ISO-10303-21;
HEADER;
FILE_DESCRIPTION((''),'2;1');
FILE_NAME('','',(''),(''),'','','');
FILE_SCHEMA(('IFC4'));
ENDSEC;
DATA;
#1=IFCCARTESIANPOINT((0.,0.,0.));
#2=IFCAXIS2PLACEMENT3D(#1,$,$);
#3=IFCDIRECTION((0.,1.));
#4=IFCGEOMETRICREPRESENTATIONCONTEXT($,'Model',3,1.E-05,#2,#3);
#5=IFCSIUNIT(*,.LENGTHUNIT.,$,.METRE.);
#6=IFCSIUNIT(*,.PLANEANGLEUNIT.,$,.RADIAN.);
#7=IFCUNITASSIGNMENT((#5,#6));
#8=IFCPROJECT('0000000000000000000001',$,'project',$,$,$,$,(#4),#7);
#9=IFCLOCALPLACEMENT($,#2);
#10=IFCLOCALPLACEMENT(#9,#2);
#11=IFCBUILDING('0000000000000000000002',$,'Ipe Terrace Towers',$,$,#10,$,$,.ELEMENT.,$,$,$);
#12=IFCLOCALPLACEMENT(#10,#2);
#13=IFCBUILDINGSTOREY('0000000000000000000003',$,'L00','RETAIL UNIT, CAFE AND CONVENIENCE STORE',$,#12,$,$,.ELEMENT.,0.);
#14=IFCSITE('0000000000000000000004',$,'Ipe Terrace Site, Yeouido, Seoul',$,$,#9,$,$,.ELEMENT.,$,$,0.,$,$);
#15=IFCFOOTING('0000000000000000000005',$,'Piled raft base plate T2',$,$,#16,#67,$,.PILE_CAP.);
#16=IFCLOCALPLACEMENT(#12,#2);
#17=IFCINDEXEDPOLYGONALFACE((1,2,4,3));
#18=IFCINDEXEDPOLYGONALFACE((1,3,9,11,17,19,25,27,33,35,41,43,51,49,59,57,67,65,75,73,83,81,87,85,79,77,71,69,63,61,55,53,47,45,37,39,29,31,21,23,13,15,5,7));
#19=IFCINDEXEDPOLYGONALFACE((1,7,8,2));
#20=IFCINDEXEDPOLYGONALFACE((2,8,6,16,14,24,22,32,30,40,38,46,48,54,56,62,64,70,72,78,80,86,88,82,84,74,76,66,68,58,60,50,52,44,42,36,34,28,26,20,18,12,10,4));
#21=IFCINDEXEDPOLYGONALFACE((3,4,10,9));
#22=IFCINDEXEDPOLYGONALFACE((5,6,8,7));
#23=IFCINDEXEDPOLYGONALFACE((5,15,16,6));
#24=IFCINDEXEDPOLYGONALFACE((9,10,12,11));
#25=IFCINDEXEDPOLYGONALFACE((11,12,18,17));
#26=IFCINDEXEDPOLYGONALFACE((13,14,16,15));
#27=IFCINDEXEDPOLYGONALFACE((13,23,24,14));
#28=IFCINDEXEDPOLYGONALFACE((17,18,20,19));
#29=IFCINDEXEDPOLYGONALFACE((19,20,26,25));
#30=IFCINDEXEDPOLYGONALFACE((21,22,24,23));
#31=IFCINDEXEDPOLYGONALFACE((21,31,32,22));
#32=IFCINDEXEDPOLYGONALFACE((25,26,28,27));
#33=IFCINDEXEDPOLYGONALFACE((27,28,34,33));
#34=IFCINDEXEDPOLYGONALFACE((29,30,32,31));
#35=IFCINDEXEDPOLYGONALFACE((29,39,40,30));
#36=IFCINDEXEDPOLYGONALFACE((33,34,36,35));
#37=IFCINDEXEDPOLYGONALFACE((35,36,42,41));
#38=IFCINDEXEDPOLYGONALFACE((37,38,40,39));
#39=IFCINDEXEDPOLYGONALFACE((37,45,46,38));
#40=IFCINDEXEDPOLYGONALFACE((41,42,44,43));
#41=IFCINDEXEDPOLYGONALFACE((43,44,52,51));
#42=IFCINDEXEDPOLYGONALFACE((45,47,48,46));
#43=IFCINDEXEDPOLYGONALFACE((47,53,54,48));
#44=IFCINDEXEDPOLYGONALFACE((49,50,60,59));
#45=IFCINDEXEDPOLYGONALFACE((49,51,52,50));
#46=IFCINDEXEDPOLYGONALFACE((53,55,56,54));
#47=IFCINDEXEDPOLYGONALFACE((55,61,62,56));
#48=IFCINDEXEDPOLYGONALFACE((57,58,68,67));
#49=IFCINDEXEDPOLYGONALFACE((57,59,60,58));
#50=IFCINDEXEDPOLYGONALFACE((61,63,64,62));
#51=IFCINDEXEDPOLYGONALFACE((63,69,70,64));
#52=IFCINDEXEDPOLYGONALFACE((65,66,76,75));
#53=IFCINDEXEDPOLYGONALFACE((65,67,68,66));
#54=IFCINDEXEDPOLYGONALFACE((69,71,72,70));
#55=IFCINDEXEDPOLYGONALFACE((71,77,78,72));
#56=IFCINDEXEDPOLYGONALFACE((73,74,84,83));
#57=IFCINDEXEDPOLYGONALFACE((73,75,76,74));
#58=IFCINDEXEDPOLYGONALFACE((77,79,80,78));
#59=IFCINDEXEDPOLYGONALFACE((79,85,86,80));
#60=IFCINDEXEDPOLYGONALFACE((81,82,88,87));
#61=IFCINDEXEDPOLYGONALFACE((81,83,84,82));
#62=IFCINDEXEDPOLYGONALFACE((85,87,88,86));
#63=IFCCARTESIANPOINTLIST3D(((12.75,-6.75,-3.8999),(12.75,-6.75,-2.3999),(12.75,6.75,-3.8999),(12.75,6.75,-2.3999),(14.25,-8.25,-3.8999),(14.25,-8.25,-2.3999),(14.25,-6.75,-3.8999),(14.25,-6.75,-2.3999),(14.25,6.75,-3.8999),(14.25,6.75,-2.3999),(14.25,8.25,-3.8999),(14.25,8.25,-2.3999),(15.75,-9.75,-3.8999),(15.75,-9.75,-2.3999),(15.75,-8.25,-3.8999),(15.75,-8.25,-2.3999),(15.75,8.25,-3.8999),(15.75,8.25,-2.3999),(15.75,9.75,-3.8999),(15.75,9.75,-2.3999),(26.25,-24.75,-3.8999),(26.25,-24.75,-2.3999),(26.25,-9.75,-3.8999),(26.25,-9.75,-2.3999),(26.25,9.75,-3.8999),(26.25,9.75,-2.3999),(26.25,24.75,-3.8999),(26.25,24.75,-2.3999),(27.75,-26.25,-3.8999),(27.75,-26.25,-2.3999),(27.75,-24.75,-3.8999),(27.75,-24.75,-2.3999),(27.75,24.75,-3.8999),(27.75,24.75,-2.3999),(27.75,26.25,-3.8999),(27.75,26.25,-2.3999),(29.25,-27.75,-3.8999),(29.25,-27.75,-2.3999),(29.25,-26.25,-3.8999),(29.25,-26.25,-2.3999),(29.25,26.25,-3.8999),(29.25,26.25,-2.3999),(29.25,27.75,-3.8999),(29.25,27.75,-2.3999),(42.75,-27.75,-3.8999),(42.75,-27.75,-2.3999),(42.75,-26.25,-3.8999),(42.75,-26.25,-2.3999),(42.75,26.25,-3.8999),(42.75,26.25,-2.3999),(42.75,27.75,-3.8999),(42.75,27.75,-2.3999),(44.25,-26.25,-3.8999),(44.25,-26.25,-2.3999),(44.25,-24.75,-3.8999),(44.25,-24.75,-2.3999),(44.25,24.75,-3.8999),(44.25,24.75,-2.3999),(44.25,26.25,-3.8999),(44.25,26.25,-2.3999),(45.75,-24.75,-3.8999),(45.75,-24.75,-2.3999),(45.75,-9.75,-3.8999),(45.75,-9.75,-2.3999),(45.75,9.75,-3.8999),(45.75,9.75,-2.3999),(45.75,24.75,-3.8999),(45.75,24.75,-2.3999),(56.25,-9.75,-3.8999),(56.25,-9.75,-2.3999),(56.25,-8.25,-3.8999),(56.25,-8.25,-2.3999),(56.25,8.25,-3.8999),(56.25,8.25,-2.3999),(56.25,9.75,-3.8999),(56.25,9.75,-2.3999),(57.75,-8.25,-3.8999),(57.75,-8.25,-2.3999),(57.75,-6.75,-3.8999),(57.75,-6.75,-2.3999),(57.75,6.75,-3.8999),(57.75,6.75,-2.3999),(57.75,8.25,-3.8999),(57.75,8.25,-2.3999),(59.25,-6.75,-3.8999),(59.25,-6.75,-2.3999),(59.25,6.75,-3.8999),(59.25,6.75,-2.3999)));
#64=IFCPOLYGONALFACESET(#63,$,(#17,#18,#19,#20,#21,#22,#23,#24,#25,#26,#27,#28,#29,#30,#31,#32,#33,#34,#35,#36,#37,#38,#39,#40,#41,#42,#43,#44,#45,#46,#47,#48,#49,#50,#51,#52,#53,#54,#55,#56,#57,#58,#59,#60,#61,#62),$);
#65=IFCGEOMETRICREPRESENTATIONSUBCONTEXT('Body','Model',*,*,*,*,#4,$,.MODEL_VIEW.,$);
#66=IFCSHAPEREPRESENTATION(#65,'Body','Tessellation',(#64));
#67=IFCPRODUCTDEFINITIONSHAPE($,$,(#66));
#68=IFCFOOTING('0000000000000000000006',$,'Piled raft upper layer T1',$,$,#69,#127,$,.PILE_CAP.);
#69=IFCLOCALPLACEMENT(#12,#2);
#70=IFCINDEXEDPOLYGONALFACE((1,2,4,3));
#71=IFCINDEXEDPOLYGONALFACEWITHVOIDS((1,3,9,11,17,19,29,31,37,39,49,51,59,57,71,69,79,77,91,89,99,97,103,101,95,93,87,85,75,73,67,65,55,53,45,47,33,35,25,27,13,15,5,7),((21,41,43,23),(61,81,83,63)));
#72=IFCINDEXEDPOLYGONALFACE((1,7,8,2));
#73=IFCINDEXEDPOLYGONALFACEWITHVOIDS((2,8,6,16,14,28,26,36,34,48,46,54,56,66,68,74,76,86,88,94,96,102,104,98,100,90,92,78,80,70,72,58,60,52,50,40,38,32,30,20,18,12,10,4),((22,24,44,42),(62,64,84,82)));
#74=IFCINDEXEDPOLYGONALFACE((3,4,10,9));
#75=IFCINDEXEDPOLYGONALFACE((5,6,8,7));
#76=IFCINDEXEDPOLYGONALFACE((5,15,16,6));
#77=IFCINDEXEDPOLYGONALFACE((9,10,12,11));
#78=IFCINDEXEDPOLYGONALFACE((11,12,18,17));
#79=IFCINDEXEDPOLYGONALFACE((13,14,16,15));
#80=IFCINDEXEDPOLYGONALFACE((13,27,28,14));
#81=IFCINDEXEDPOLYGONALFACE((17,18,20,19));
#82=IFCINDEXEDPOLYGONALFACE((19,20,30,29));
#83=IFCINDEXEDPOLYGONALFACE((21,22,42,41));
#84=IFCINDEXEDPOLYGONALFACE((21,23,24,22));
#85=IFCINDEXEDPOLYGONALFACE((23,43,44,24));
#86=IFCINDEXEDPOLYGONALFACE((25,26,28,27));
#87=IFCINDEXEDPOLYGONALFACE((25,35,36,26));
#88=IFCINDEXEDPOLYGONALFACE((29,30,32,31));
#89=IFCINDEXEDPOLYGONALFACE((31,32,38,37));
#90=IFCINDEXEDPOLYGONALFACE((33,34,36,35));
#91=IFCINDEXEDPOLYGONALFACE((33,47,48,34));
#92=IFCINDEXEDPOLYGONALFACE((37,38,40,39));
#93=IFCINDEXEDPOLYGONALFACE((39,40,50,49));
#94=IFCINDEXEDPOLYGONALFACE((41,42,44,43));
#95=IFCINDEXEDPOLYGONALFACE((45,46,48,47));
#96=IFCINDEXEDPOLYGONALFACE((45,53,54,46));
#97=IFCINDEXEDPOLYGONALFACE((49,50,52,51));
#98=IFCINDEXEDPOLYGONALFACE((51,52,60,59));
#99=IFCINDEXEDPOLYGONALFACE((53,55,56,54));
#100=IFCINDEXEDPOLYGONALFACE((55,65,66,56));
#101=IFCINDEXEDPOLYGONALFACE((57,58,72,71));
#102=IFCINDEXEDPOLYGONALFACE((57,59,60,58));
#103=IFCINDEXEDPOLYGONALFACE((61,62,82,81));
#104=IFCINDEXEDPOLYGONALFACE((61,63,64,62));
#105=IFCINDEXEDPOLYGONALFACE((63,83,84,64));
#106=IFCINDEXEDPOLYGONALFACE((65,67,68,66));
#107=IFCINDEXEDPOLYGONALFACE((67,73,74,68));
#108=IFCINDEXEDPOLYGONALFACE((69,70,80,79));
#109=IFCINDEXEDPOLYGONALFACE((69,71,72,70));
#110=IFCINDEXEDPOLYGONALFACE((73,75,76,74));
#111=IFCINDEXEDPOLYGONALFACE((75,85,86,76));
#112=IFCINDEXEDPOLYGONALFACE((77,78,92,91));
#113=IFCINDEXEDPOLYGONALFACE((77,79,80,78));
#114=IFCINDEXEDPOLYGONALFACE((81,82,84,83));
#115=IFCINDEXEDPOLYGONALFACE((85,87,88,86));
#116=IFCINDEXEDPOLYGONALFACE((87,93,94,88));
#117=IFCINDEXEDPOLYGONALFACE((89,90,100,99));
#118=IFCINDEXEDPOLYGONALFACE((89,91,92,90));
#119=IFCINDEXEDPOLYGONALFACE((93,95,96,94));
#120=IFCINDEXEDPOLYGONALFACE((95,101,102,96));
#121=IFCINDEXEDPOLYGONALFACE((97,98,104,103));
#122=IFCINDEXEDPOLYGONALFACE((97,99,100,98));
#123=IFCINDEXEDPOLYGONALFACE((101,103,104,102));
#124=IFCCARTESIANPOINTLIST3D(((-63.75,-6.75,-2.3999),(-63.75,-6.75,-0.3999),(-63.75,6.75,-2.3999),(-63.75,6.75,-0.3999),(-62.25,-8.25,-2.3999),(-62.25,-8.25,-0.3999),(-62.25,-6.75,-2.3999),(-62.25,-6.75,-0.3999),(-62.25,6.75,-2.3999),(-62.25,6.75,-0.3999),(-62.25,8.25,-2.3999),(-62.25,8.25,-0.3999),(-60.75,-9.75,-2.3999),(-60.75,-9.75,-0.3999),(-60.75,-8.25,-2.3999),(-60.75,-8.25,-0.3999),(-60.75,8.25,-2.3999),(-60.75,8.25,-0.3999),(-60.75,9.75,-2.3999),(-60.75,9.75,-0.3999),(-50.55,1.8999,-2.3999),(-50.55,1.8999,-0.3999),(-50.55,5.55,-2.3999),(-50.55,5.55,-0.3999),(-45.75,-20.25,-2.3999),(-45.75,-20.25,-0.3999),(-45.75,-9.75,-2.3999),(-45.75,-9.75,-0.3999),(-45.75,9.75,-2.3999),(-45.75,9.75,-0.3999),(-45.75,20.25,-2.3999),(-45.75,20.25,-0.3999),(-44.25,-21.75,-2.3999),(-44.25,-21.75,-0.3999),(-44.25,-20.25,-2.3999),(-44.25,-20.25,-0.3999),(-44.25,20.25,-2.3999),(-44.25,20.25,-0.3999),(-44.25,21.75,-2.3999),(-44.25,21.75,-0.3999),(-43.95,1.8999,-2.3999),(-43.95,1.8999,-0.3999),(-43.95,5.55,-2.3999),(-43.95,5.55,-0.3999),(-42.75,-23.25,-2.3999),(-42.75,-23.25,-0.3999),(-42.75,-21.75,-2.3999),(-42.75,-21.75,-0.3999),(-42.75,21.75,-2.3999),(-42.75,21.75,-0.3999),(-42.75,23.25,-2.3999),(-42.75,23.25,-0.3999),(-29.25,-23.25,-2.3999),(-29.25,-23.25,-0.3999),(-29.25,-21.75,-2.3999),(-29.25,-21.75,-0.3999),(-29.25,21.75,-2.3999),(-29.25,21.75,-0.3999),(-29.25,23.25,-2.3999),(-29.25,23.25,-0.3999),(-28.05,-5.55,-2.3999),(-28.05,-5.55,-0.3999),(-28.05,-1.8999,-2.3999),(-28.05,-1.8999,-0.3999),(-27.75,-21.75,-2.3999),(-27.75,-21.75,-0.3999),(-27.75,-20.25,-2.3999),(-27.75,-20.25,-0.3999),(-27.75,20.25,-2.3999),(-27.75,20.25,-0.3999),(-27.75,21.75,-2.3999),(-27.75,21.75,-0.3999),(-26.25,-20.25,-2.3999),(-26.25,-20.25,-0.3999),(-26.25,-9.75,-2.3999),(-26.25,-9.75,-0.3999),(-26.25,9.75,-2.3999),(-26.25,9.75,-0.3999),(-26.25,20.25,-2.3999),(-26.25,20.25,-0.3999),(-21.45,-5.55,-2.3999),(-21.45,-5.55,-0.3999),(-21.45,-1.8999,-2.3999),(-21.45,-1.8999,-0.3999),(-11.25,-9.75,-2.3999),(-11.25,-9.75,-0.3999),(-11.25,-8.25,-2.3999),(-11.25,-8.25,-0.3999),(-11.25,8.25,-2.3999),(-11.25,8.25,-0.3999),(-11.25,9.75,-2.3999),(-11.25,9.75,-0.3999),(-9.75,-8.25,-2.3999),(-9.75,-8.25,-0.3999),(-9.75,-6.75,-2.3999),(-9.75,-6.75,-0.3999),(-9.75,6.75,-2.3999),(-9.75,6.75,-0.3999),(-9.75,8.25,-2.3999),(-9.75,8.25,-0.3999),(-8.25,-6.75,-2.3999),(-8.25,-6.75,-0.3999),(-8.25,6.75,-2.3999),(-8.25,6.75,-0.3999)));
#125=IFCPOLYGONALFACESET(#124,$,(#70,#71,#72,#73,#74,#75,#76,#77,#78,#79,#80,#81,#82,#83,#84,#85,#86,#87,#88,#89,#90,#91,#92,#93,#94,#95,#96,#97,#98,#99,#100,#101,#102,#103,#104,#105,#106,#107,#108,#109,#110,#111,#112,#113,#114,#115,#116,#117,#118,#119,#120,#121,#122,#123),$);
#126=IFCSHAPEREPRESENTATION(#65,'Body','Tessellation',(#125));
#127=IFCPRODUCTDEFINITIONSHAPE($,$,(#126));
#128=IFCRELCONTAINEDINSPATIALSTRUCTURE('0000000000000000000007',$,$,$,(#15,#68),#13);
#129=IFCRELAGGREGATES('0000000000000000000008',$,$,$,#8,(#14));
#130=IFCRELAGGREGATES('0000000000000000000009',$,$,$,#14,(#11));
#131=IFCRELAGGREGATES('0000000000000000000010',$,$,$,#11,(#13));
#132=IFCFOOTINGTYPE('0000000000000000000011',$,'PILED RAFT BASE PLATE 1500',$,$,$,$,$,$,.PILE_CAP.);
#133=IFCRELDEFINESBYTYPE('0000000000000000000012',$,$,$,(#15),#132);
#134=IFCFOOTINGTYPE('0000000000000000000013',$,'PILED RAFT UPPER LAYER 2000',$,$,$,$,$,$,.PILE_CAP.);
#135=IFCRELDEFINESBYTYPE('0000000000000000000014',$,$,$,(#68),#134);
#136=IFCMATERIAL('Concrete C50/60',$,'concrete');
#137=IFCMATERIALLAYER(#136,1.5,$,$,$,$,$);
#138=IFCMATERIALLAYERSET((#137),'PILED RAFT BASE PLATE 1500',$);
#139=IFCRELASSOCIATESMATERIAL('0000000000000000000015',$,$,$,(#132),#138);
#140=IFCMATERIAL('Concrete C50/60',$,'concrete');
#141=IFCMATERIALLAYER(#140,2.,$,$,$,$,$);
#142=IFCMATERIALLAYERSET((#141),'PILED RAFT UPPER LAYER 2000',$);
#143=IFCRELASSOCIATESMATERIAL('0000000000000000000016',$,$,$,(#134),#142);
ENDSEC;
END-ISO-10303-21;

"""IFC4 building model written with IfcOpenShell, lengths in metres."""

from ifc_helpers import new_model, si_unit, direction, frame, origin, place, context, subcontext, project, spatial, polyline, outline, extrude, material, layer, layer_set, type_object, element, save


model = new_model("IFC4")

# Units and contexts
model_context = context("Model", 3, precision=1e-05, world=origin(), true_north=direction((0.0, 1.0)))
body_context = subcontext(model_context, "Body", "Model", "MODEL_VIEW")
ifc_project = project(units=[si_unit("LENGTHUNIT", "METRE"), si_unit("PLANEANGLEUNIT", "RADIAN")], contexts=[model_context])

# Site, building, storey
site_placement = place(None, origin())
site = spatial("IfcSite", under=ifc_project, at=site_placement, Name="Ipe Terrace Site, Yeouido, Seoul", CompositionType="ELEMENT", RefElevation=0.0)
building_placement = place(site_placement, origin())
building = spatial("IfcBuilding", under=site, at=building_placement, Name="Ipe Terrace Towers", CompositionType="ELEMENT")
storey_placement = place(building_placement, origin())
storey = spatial("IfcBuildingStorey", under=building, at=storey_placement, Name="L00", Description="RETAIL UNIT, CAFE AND CONVENIENCE STORE", CompositionType="ELEMENT", Elevation=0.0)

# Footings
ifc_material_1 = material(Name="Concrete C50/60", Category="concrete")
ifc_layer_1 = layer(ifc_material_1, 1.5)
ifc_layer_set_1 = layer_set([ifc_layer_1], Name="PILED RAFT BASE PLATE 1500")
footing_type_1 = type_object("IfcFootingType", Name="PILED RAFT BASE PLATE 1500", PredefinedType="PILE_CAP", material=ifc_layer_set_1)
footing_1_placement = place(storey_placement, frame((0.0, 0.0, -3.8999)))
element("IfcFooting", 1, at=footing_1_placement, inside=storey, type_object=footing_type_1, Name="Piled raft base plate T2", PredefinedType="PILE_CAP", context=body_context, shape_type="SweptSolid", body=[
    extrude(outline(polyline([(12.75, -6.75), (12.75, 6.75), (14.25, 6.75), (14.25, 8.25), (15.75, 8.25), (15.75, 9.75), (26.25, 9.75), (26.25, 24.75), (27.75, 24.75), (27.75, 26.25), (29.25, 26.25), (29.25, 27.75), (42.75, 27.75), (42.75, 26.25), (44.25, 26.25), (44.25, 24.75), (45.75, 24.75), (45.75, 9.75), (56.25, 9.75), (56.25, 8.25), (57.75, 8.25), (57.75, 6.75), (59.25, 6.75), (59.25, -6.75), (57.75, -6.75), (57.75, -8.25), (56.25, -8.25), (56.25, -9.75), (45.75, -9.75), (45.75, -24.75), (44.25, -24.75), (44.25, -26.25), (42.75, -26.25), (42.75, -27.75), (29.25, -27.75), (29.25, -26.25), (27.75, -26.25), (27.75, -24.75), (26.25, -24.75), (26.25, -9.75), (15.75, -9.75), (15.75, -8.25), (14.25, -8.25), (14.25, -6.75), (12.75, -6.75)])), origin(), (0.0, 0.0, 1.0), 1.5),
])
ifc_material_2 = material(Name="Concrete C50/60", Category="concrete")
ifc_layer_2 = layer(ifc_material_2, 2.0)
ifc_layer_set_2 = layer_set([ifc_layer_2], Name="PILED RAFT UPPER LAYER 2000")
footing_type_2 = type_object("IfcFootingType", Name="PILED RAFT UPPER LAYER 2000", PredefinedType="PILE_CAP", material=ifc_layer_set_2)
footing_2_placement = place(storey_placement, frame((0.0, 0.0, -2.3999)))
element("IfcFooting", 2, at=footing_2_placement, inside=storey, type_object=footing_type_2, Name="Piled raft upper layer T1", PredefinedType="PILE_CAP", context=body_context, shape_type="SweptSolid", body=[
    extrude(outline(polyline([(-63.75, -6.75), (-63.75, 6.75), (-62.25, 6.75), (-62.25, 8.25), (-60.75, 8.25), (-60.75, 9.75), (-45.75, 9.75), (-45.75, 20.25), (-44.25, 20.25), (-44.25, 21.75), (-42.75, 21.75), (-42.75, 23.25), (-29.25, 23.25), (-29.25, 21.75), (-27.75, 21.75), (-27.75, 20.25), (-26.25, 20.25), (-26.25, 9.75), (-11.25, 9.75), (-11.25, 8.25), (-9.75, 8.25), (-9.75, 6.75), (-8.25, 6.75), (-8.25, -6.75), (-9.75, -6.75), (-9.75, -8.25), (-11.25, -8.25), (-11.25, -9.75), (-26.25, -9.75), (-26.25, -20.25), (-27.75, -20.25), (-27.75, -21.75), (-29.25, -21.75), (-29.25, -23.25), (-42.75, -23.25), (-42.75, -21.75), (-44.25, -21.75), (-44.25, -20.25), (-45.75, -20.25), (-45.75, -9.75), (-60.75, -9.75), (-60.75, -8.25), (-62.25, -8.25), (-62.25, -6.75), (-63.75, -6.75)]), holes=[polyline([(-50.55, 5.55), (-43.95, 5.55), (-43.95, 1.8999), (-50.55, 1.8999), (-50.55, 5.55)]), polyline([(-28.05, -1.8999), (-21.45, -1.8999), (-21.45, -5.55), (-28.05, -5.55), (-28.05, -1.8999)])]), origin(), (0.0, 0.0, 1.0), 2.0),
])

save(model, "model.ifc")
